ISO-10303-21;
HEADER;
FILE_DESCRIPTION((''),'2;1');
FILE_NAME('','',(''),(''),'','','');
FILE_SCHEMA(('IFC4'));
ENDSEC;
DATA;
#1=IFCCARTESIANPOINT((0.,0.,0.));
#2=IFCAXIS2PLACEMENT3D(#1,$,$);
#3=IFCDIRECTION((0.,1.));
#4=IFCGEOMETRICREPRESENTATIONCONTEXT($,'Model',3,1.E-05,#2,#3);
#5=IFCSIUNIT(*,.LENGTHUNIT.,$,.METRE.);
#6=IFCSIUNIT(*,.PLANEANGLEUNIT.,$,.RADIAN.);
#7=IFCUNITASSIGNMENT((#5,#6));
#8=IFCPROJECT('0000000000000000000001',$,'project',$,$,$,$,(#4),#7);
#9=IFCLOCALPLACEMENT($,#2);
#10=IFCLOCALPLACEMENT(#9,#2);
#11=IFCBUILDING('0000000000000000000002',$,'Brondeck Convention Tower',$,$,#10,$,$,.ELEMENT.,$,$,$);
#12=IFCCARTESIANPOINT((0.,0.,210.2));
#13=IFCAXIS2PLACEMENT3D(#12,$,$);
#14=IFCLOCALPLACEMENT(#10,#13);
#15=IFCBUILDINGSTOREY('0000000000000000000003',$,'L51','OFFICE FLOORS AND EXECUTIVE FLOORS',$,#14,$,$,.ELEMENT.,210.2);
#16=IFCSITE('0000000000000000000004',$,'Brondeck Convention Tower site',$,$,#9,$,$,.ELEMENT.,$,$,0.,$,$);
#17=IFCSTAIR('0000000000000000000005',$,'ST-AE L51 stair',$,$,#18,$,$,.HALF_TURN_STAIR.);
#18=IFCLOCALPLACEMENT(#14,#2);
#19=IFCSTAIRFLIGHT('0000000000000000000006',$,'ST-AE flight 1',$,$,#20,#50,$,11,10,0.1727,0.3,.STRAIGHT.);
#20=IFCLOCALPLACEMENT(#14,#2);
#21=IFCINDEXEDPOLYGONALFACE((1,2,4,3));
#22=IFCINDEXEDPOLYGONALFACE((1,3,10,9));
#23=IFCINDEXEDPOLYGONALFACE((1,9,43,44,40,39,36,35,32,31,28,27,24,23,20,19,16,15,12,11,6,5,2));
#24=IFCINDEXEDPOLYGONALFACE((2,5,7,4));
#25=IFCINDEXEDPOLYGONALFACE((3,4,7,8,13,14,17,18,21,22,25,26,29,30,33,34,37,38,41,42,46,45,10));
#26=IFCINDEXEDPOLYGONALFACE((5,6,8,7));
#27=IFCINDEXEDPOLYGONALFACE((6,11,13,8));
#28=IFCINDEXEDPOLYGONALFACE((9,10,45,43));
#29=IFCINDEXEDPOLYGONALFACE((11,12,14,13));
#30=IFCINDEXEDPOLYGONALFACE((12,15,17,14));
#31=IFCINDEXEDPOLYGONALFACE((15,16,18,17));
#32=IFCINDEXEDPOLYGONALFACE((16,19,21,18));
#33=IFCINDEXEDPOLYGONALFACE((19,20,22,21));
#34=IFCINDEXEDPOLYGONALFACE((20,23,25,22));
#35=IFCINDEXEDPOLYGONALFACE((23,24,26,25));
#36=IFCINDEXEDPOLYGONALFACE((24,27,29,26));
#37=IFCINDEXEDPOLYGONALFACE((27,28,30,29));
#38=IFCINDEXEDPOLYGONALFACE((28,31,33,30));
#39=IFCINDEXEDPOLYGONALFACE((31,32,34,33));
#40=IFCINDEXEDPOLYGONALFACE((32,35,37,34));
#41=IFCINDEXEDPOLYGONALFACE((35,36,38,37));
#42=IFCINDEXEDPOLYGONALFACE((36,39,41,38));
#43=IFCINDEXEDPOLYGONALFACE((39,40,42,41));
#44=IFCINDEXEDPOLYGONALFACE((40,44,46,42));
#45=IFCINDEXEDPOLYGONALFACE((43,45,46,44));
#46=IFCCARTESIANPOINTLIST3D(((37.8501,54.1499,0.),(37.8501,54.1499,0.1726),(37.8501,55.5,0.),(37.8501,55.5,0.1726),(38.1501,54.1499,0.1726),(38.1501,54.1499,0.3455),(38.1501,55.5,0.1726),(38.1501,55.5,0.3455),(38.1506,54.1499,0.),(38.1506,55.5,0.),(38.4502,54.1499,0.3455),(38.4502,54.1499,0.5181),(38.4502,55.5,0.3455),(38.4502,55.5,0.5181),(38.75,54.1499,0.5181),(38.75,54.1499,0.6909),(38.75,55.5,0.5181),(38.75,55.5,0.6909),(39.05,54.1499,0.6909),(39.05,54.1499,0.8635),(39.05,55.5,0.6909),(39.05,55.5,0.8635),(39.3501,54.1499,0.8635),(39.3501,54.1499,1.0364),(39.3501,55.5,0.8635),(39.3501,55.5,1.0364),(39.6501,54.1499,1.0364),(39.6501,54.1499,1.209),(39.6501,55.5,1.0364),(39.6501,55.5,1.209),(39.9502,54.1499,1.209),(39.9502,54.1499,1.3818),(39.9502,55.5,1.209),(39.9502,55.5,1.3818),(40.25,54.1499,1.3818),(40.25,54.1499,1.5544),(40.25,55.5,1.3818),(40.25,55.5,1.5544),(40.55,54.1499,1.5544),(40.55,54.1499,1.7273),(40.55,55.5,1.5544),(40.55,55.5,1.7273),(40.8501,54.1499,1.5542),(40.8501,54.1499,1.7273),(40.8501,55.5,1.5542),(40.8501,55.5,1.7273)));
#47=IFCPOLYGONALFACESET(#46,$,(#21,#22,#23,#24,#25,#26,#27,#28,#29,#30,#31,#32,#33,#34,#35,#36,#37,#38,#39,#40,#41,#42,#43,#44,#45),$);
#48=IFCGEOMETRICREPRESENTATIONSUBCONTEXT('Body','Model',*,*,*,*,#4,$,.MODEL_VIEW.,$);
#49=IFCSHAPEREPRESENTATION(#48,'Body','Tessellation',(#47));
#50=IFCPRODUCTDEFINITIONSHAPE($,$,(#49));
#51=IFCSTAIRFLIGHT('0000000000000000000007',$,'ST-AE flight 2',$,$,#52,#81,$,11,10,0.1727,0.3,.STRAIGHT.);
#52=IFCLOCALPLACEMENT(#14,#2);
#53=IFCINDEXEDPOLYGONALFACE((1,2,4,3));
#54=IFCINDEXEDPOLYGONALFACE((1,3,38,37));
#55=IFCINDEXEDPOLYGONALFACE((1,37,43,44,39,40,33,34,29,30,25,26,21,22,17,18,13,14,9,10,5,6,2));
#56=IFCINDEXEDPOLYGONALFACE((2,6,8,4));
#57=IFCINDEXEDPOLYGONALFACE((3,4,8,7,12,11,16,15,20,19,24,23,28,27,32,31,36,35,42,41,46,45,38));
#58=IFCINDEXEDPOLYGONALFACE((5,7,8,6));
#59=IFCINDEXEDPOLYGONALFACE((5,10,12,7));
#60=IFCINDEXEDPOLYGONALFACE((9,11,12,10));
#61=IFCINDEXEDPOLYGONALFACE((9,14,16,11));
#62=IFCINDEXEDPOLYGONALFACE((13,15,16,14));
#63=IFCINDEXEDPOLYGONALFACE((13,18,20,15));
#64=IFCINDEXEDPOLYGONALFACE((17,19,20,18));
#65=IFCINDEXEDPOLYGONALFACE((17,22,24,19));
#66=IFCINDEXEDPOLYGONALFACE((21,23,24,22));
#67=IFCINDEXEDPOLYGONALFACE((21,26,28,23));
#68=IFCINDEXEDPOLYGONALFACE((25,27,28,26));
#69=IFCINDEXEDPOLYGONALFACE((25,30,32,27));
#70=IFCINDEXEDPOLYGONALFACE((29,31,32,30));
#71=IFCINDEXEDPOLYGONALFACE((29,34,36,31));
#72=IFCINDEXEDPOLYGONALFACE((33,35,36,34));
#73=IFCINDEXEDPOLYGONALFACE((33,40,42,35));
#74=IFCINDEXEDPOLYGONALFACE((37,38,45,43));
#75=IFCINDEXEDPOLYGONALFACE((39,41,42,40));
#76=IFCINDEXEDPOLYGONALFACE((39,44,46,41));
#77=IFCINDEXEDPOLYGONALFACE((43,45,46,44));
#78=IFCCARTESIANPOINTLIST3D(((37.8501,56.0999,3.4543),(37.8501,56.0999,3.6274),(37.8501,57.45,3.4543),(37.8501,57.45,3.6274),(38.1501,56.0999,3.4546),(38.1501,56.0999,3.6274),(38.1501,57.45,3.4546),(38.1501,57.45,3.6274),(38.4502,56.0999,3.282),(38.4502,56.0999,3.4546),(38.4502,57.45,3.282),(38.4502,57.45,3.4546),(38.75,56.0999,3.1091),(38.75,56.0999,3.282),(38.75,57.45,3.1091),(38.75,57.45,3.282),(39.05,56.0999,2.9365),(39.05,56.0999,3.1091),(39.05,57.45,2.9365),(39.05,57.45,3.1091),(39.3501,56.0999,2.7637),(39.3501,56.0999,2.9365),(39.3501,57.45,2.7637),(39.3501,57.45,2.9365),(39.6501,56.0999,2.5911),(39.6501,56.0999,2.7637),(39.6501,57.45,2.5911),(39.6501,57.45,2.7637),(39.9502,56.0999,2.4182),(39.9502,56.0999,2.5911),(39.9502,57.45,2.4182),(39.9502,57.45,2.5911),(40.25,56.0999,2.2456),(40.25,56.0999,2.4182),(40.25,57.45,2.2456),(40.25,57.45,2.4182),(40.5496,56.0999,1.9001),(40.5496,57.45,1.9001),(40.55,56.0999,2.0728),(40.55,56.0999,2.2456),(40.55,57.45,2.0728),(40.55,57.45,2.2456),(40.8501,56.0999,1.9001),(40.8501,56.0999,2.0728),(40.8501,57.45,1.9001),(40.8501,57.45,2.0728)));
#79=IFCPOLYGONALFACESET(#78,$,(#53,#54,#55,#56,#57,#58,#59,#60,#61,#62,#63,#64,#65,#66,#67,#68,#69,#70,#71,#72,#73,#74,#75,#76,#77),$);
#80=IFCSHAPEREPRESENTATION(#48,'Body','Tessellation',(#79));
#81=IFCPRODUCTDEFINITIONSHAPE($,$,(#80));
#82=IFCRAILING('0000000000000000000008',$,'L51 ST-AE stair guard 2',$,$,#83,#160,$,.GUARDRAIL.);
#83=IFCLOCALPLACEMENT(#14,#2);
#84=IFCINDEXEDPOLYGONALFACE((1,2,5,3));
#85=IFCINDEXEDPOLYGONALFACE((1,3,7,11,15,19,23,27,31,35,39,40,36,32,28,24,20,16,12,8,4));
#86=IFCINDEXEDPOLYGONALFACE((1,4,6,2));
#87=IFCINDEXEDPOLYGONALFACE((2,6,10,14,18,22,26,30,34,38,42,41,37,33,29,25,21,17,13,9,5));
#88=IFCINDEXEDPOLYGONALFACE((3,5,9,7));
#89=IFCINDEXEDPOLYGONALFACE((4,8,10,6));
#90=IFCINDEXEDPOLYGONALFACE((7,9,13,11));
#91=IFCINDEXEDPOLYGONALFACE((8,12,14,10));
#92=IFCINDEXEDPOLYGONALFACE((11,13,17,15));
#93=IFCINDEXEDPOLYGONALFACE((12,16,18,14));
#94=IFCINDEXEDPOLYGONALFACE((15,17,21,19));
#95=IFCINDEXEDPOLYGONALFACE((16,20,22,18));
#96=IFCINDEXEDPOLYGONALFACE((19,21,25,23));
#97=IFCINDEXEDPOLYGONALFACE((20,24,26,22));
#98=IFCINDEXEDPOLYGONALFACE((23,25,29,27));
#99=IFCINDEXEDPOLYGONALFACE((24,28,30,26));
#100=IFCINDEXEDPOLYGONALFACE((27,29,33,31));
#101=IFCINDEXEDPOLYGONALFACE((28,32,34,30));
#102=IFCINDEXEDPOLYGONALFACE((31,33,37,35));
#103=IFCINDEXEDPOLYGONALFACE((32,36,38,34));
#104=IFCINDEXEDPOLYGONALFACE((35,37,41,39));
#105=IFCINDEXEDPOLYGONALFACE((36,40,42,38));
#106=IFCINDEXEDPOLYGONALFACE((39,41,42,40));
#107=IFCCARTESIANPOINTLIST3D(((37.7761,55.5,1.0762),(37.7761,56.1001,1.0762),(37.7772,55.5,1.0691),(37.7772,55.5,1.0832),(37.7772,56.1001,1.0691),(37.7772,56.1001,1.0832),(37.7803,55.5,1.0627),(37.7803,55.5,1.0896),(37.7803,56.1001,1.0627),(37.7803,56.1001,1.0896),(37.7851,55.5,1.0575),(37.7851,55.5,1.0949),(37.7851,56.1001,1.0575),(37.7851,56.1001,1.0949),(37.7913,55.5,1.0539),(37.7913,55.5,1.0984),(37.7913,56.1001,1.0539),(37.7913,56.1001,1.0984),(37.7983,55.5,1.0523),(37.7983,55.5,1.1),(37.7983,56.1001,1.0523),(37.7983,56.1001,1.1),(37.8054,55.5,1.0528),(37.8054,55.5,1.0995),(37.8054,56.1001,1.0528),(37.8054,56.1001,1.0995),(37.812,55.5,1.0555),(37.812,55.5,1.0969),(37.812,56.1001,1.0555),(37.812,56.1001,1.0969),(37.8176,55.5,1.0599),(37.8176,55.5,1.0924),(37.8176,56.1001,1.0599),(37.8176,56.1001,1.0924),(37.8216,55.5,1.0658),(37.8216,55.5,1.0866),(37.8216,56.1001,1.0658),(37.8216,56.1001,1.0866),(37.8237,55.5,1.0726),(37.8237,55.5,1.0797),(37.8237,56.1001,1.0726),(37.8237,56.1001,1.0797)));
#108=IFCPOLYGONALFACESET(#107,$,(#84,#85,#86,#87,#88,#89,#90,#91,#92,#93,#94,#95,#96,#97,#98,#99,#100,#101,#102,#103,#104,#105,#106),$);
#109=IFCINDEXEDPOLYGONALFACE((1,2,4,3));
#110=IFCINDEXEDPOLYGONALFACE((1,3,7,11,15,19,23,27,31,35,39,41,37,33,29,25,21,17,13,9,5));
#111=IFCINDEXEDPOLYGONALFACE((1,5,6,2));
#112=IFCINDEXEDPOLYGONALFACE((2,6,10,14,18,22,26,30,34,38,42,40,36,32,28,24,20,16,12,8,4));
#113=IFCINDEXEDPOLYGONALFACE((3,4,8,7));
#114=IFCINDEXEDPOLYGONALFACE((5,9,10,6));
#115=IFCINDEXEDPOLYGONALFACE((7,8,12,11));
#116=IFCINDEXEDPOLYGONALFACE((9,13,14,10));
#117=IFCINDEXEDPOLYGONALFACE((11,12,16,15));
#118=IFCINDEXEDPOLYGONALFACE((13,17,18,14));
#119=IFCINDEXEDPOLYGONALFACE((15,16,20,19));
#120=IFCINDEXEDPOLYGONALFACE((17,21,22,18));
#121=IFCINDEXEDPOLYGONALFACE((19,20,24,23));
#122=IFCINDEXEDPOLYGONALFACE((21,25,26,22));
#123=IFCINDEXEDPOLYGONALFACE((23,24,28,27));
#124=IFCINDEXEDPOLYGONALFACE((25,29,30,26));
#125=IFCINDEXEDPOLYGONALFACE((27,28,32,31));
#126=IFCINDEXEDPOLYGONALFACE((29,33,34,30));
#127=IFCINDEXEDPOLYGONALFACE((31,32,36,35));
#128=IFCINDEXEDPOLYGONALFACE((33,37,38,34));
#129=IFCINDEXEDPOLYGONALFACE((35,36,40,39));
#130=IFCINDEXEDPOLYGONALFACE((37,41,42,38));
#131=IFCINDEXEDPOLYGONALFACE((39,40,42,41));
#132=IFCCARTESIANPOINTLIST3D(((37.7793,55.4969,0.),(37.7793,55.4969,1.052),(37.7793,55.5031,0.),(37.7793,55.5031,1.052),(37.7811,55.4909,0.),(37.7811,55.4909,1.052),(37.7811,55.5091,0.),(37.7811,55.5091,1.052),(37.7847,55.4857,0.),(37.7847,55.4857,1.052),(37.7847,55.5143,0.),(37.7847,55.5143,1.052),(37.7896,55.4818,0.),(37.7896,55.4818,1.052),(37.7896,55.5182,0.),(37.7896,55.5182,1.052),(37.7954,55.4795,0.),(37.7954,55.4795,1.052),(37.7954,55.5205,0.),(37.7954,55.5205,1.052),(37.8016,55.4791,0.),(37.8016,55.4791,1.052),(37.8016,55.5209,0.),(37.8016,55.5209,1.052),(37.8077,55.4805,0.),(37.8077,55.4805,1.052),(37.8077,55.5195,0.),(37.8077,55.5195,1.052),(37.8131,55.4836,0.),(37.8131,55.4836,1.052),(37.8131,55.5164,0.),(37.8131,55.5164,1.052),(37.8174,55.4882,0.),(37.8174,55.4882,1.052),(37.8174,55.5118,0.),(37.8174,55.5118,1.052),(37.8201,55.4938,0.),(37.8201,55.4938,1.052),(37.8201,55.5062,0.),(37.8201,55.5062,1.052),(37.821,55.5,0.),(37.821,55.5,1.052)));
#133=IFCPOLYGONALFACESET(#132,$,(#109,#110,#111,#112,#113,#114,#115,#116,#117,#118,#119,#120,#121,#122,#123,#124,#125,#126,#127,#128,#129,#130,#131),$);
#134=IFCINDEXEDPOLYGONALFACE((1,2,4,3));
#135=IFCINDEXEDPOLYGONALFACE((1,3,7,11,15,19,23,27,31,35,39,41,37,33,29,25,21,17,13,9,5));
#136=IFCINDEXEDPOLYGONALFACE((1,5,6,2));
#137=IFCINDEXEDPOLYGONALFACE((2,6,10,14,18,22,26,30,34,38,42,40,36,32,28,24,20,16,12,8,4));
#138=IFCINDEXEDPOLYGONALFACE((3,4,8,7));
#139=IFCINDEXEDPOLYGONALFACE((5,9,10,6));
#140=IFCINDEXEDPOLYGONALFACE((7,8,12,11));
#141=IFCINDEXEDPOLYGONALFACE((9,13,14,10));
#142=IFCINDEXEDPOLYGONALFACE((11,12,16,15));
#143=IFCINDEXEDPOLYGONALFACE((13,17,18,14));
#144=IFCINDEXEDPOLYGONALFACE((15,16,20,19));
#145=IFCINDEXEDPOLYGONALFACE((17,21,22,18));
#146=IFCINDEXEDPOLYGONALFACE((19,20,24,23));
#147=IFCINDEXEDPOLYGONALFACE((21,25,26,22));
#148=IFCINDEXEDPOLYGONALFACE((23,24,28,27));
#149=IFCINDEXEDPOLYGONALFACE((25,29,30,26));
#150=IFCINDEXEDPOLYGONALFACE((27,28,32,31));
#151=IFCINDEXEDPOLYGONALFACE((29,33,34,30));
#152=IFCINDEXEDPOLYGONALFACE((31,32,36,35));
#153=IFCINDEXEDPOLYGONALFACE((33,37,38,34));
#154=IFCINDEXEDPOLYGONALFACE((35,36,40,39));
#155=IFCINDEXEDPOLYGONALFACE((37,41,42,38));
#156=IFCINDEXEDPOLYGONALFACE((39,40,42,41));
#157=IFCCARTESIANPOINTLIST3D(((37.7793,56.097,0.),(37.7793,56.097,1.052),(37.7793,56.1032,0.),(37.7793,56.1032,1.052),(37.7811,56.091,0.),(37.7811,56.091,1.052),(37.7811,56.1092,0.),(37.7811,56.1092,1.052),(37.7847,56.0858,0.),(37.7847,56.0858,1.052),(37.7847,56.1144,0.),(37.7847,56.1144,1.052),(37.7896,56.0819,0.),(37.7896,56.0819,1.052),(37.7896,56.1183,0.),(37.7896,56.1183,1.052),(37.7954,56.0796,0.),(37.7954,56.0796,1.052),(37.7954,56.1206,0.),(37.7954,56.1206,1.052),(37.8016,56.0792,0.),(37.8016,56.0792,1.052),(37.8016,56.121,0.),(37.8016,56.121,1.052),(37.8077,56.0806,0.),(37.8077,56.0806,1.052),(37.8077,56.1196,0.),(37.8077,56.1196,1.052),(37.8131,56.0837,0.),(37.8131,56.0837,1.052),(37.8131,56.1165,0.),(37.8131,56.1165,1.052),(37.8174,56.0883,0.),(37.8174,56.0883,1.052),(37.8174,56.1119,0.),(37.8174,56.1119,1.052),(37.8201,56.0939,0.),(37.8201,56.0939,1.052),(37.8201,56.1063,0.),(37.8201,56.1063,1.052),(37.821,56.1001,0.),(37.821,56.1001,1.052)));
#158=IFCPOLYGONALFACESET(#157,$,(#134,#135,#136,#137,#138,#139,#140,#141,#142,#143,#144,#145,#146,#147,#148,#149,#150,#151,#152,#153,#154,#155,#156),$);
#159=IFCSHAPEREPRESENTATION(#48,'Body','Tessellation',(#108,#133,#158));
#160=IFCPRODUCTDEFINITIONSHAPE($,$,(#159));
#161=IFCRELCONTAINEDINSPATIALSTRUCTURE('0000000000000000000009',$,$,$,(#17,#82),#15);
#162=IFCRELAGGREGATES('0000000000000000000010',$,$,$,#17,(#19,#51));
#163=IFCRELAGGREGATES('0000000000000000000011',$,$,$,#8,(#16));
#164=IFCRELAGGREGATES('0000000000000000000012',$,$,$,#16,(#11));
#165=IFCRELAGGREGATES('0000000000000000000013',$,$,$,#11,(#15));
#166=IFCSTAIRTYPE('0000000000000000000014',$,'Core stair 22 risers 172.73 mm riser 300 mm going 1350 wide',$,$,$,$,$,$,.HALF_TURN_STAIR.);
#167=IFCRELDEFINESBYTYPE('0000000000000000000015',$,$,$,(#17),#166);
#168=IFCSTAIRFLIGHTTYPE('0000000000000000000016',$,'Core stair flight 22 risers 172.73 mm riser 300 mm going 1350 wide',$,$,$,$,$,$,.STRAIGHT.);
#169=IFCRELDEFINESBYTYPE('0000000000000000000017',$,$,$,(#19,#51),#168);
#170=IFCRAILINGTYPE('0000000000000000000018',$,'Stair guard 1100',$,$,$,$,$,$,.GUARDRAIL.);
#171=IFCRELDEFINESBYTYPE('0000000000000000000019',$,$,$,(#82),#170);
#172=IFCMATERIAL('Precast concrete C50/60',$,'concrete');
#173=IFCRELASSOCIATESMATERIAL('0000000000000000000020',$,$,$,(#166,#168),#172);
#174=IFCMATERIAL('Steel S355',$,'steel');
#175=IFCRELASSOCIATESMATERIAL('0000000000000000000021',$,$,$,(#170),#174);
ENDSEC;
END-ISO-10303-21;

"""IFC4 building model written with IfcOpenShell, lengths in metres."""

from ifc_helpers import new_model, si_unit, direction, frame, origin, origin_2d, place, context, subcontext, project, spatial, polyline, circle, outline, extrude, material, type_object, element, aggregate, save


model = new_model("IFC4")

# Units and contexts
model_context = context("Model", 3, precision=1e-05, world=origin(), true_north=direction((0.0, 1.0)))
body_context = subcontext(model_context, "Body", "Model", "MODEL_VIEW")
ifc_project = project(units=[si_unit("LENGTHUNIT", "METRE"), si_unit("PLANEANGLEUNIT", "RADIAN")], contexts=[model_context])

# Site, building, storey
site_placement = place(None, origin())
site = spatial("IfcSite", under=ifc_project, at=site_placement, Name="Brondeck Convention Tower site", CompositionType="ELEMENT", RefElevation=0.0)
building_placement = place(site_placement, origin())
building = spatial("IfcBuilding", under=site, at=building_placement, Name="Brondeck Convention Tower", CompositionType="ELEMENT")
storey_placement = place(building_placement, frame((0.0, 0.0, 210.2)))
storey = spatial("IfcBuildingStorey", under=building, at=storey_placement, Name="L51", Description="OFFICE FLOORS AND EXECUTIVE FLOORS", CompositionType="ELEMENT", Elevation=210.2)

# Shared definitions
ifc_material_1 = material(Name="Steel S355", Category="steel")

# Stair, stair flights
ifc_material_2 = material(Name="Precast concrete C50/60", Category="concrete")
stair_type = type_object("IfcStairType", Name="Core stair 22 risers 172.73 mm riser 300 mm going 1350 wide", PredefinedType="HALF_TURN_STAIR", material=ifc_material_2)
stair_placement = place(storey_placement, origin())
stair = element("IfcStair", 1, at=stair_placement, inside=storey, type_object=stair_type, Name="ST-AE L51 stair", PredefinedType="HALF_TURN_STAIR")
stair_flight_type = type_object("IfcStairFlightType", Name="Core stair flight 22 risers 172.73 mm riser 300 mm going 1350 wide", PredefinedType="STRAIGHT", material=ifc_material_2)
stair_flight_1_placement = place(storey_placement, frame((37.8501, 54.825, 0.0), z_axis=(0.0, 0.0, 1.0), x_axis=(1.0, 0.0, 0.0)))
stair_flight_1 = element("IfcStairFlight", 2, at=stair_flight_1_placement, type_object=stair_flight_type, Name="ST-AE flight 1", NumberOfRisers=11, NumberOfTreads=10, PredefinedType="STRAIGHT", RiserHeight=0.1727, TreadLength=0.3, context=body_context, shape_type="SweptSolid", body=[
    extrude(outline(polyline([(0.0, 0.0), (0.0, 0.1726), (0.3, 0.1726), (0.3, 0.3455), (0.6001, 0.3455), (0.6001, 0.5181), (0.8999, 0.5181), (0.8999, 0.6909), (1.2, 0.6909), (1.2, 0.8635), (1.5, 0.8635), (1.5, 1.0364), (1.8, 1.0364), (1.8, 1.209), (2.1001, 1.209), (2.1001, 1.3818), (2.3999, 1.3818), (2.3999, 1.5544), (2.7, 1.5544), (2.7, 1.7273), (3.0, 1.7273), (3.0, 1.8999), (3.0, 1.5542), (0.3005, 0.0), (0.0, 0.0)])), frame((0.0, 0.675, 0.0), z_axis=(0.0, -1.0, 0.0), x_axis=(1.0, 0.0, 0.0)), (0.0, 0.0, 1.0), 1.3501),
])
stair_flight_2_placement = place(storey_placement, frame((40.8501, 56.7749, 1.9001), z_axis=(0.0, 0.0, 1.0), x_axis=(-1.0, 0.0, 0.0)))
stair_flight_2 = element("IfcStairFlight", 3, at=stair_flight_2_placement, type_object=stair_flight_type, Name="ST-AE flight 2", NumberOfRisers=11, NumberOfTreads=10, PredefinedType="STRAIGHT", RiserHeight=0.1727, TreadLength=0.3, context=body_context, shape_type="SweptSolid", body=[
    extrude(outline(polyline([(0.0, 0.0), (0.0, 0.1726), (0.3, 0.1726), (0.3, 0.3455), (0.6001, 0.3455), (0.6001, 0.5181), (0.8999, 0.5181), (0.8999, 0.6909), (1.2, 0.6909), (1.2, 0.8635), (1.5, 0.8635), (1.5, 1.0364), (1.8, 1.0364), (1.8, 1.209), (2.1001, 1.209), (2.1001, 1.3818), (2.3999, 1.3818), (2.3999, 1.5544), (2.7, 1.5544), (2.7, 1.7273), (3.0, 1.7273), (3.0, 1.8999), (3.0, 1.5542), (0.3005, 0.0), (0.0, 0.0)])), frame((0.0, 0.675, 0.0), z_axis=(0.0, -1.0, 0.0), x_axis=(1.0, 0.0, 0.0)), (0.0, 0.0, 1.0), 1.3501),
])
aggregate(stair, [stair_flight_1, stair_flight_2])

# Railing
railing_type_1 = type_object("IfcRailingType", Name="Stair guard 1100", PredefinedType="GUARDRAIL", material=ifc_material_1)
railing_1_placement = place(storey_placement, frame((37.8, 55.5, 0.0)))
element("IfcRailing", 4, at=railing_1_placement, inside=storey, type_object=railing_type_1, Name="L51 ST-AE stair guard 2", PredefinedType="GUARDRAIL", context=body_context, shape_type="SweptSolid", body=[
    extrude(circle(Radius=0.0239, at=origin_2d()), frame((0.0, 0.0, 1.0762), z_axis=(0.0, 1.0, 0.0), x_axis=(-1.0, 0.0, 0.0)), (0.0, 0.0, 1.0), 0.6001),
    extrude(circle(Radius=0.021, at=origin_2d()), origin(), (0.0, 0.0, 1.0), 1.052),
    extrude(circle(Radius=0.021, at=origin_2d()), frame((0.0, 0.6001, 0.0)), (0.0, 0.0, 1.0), 1.052),
])

save(model, "model.ifc")
